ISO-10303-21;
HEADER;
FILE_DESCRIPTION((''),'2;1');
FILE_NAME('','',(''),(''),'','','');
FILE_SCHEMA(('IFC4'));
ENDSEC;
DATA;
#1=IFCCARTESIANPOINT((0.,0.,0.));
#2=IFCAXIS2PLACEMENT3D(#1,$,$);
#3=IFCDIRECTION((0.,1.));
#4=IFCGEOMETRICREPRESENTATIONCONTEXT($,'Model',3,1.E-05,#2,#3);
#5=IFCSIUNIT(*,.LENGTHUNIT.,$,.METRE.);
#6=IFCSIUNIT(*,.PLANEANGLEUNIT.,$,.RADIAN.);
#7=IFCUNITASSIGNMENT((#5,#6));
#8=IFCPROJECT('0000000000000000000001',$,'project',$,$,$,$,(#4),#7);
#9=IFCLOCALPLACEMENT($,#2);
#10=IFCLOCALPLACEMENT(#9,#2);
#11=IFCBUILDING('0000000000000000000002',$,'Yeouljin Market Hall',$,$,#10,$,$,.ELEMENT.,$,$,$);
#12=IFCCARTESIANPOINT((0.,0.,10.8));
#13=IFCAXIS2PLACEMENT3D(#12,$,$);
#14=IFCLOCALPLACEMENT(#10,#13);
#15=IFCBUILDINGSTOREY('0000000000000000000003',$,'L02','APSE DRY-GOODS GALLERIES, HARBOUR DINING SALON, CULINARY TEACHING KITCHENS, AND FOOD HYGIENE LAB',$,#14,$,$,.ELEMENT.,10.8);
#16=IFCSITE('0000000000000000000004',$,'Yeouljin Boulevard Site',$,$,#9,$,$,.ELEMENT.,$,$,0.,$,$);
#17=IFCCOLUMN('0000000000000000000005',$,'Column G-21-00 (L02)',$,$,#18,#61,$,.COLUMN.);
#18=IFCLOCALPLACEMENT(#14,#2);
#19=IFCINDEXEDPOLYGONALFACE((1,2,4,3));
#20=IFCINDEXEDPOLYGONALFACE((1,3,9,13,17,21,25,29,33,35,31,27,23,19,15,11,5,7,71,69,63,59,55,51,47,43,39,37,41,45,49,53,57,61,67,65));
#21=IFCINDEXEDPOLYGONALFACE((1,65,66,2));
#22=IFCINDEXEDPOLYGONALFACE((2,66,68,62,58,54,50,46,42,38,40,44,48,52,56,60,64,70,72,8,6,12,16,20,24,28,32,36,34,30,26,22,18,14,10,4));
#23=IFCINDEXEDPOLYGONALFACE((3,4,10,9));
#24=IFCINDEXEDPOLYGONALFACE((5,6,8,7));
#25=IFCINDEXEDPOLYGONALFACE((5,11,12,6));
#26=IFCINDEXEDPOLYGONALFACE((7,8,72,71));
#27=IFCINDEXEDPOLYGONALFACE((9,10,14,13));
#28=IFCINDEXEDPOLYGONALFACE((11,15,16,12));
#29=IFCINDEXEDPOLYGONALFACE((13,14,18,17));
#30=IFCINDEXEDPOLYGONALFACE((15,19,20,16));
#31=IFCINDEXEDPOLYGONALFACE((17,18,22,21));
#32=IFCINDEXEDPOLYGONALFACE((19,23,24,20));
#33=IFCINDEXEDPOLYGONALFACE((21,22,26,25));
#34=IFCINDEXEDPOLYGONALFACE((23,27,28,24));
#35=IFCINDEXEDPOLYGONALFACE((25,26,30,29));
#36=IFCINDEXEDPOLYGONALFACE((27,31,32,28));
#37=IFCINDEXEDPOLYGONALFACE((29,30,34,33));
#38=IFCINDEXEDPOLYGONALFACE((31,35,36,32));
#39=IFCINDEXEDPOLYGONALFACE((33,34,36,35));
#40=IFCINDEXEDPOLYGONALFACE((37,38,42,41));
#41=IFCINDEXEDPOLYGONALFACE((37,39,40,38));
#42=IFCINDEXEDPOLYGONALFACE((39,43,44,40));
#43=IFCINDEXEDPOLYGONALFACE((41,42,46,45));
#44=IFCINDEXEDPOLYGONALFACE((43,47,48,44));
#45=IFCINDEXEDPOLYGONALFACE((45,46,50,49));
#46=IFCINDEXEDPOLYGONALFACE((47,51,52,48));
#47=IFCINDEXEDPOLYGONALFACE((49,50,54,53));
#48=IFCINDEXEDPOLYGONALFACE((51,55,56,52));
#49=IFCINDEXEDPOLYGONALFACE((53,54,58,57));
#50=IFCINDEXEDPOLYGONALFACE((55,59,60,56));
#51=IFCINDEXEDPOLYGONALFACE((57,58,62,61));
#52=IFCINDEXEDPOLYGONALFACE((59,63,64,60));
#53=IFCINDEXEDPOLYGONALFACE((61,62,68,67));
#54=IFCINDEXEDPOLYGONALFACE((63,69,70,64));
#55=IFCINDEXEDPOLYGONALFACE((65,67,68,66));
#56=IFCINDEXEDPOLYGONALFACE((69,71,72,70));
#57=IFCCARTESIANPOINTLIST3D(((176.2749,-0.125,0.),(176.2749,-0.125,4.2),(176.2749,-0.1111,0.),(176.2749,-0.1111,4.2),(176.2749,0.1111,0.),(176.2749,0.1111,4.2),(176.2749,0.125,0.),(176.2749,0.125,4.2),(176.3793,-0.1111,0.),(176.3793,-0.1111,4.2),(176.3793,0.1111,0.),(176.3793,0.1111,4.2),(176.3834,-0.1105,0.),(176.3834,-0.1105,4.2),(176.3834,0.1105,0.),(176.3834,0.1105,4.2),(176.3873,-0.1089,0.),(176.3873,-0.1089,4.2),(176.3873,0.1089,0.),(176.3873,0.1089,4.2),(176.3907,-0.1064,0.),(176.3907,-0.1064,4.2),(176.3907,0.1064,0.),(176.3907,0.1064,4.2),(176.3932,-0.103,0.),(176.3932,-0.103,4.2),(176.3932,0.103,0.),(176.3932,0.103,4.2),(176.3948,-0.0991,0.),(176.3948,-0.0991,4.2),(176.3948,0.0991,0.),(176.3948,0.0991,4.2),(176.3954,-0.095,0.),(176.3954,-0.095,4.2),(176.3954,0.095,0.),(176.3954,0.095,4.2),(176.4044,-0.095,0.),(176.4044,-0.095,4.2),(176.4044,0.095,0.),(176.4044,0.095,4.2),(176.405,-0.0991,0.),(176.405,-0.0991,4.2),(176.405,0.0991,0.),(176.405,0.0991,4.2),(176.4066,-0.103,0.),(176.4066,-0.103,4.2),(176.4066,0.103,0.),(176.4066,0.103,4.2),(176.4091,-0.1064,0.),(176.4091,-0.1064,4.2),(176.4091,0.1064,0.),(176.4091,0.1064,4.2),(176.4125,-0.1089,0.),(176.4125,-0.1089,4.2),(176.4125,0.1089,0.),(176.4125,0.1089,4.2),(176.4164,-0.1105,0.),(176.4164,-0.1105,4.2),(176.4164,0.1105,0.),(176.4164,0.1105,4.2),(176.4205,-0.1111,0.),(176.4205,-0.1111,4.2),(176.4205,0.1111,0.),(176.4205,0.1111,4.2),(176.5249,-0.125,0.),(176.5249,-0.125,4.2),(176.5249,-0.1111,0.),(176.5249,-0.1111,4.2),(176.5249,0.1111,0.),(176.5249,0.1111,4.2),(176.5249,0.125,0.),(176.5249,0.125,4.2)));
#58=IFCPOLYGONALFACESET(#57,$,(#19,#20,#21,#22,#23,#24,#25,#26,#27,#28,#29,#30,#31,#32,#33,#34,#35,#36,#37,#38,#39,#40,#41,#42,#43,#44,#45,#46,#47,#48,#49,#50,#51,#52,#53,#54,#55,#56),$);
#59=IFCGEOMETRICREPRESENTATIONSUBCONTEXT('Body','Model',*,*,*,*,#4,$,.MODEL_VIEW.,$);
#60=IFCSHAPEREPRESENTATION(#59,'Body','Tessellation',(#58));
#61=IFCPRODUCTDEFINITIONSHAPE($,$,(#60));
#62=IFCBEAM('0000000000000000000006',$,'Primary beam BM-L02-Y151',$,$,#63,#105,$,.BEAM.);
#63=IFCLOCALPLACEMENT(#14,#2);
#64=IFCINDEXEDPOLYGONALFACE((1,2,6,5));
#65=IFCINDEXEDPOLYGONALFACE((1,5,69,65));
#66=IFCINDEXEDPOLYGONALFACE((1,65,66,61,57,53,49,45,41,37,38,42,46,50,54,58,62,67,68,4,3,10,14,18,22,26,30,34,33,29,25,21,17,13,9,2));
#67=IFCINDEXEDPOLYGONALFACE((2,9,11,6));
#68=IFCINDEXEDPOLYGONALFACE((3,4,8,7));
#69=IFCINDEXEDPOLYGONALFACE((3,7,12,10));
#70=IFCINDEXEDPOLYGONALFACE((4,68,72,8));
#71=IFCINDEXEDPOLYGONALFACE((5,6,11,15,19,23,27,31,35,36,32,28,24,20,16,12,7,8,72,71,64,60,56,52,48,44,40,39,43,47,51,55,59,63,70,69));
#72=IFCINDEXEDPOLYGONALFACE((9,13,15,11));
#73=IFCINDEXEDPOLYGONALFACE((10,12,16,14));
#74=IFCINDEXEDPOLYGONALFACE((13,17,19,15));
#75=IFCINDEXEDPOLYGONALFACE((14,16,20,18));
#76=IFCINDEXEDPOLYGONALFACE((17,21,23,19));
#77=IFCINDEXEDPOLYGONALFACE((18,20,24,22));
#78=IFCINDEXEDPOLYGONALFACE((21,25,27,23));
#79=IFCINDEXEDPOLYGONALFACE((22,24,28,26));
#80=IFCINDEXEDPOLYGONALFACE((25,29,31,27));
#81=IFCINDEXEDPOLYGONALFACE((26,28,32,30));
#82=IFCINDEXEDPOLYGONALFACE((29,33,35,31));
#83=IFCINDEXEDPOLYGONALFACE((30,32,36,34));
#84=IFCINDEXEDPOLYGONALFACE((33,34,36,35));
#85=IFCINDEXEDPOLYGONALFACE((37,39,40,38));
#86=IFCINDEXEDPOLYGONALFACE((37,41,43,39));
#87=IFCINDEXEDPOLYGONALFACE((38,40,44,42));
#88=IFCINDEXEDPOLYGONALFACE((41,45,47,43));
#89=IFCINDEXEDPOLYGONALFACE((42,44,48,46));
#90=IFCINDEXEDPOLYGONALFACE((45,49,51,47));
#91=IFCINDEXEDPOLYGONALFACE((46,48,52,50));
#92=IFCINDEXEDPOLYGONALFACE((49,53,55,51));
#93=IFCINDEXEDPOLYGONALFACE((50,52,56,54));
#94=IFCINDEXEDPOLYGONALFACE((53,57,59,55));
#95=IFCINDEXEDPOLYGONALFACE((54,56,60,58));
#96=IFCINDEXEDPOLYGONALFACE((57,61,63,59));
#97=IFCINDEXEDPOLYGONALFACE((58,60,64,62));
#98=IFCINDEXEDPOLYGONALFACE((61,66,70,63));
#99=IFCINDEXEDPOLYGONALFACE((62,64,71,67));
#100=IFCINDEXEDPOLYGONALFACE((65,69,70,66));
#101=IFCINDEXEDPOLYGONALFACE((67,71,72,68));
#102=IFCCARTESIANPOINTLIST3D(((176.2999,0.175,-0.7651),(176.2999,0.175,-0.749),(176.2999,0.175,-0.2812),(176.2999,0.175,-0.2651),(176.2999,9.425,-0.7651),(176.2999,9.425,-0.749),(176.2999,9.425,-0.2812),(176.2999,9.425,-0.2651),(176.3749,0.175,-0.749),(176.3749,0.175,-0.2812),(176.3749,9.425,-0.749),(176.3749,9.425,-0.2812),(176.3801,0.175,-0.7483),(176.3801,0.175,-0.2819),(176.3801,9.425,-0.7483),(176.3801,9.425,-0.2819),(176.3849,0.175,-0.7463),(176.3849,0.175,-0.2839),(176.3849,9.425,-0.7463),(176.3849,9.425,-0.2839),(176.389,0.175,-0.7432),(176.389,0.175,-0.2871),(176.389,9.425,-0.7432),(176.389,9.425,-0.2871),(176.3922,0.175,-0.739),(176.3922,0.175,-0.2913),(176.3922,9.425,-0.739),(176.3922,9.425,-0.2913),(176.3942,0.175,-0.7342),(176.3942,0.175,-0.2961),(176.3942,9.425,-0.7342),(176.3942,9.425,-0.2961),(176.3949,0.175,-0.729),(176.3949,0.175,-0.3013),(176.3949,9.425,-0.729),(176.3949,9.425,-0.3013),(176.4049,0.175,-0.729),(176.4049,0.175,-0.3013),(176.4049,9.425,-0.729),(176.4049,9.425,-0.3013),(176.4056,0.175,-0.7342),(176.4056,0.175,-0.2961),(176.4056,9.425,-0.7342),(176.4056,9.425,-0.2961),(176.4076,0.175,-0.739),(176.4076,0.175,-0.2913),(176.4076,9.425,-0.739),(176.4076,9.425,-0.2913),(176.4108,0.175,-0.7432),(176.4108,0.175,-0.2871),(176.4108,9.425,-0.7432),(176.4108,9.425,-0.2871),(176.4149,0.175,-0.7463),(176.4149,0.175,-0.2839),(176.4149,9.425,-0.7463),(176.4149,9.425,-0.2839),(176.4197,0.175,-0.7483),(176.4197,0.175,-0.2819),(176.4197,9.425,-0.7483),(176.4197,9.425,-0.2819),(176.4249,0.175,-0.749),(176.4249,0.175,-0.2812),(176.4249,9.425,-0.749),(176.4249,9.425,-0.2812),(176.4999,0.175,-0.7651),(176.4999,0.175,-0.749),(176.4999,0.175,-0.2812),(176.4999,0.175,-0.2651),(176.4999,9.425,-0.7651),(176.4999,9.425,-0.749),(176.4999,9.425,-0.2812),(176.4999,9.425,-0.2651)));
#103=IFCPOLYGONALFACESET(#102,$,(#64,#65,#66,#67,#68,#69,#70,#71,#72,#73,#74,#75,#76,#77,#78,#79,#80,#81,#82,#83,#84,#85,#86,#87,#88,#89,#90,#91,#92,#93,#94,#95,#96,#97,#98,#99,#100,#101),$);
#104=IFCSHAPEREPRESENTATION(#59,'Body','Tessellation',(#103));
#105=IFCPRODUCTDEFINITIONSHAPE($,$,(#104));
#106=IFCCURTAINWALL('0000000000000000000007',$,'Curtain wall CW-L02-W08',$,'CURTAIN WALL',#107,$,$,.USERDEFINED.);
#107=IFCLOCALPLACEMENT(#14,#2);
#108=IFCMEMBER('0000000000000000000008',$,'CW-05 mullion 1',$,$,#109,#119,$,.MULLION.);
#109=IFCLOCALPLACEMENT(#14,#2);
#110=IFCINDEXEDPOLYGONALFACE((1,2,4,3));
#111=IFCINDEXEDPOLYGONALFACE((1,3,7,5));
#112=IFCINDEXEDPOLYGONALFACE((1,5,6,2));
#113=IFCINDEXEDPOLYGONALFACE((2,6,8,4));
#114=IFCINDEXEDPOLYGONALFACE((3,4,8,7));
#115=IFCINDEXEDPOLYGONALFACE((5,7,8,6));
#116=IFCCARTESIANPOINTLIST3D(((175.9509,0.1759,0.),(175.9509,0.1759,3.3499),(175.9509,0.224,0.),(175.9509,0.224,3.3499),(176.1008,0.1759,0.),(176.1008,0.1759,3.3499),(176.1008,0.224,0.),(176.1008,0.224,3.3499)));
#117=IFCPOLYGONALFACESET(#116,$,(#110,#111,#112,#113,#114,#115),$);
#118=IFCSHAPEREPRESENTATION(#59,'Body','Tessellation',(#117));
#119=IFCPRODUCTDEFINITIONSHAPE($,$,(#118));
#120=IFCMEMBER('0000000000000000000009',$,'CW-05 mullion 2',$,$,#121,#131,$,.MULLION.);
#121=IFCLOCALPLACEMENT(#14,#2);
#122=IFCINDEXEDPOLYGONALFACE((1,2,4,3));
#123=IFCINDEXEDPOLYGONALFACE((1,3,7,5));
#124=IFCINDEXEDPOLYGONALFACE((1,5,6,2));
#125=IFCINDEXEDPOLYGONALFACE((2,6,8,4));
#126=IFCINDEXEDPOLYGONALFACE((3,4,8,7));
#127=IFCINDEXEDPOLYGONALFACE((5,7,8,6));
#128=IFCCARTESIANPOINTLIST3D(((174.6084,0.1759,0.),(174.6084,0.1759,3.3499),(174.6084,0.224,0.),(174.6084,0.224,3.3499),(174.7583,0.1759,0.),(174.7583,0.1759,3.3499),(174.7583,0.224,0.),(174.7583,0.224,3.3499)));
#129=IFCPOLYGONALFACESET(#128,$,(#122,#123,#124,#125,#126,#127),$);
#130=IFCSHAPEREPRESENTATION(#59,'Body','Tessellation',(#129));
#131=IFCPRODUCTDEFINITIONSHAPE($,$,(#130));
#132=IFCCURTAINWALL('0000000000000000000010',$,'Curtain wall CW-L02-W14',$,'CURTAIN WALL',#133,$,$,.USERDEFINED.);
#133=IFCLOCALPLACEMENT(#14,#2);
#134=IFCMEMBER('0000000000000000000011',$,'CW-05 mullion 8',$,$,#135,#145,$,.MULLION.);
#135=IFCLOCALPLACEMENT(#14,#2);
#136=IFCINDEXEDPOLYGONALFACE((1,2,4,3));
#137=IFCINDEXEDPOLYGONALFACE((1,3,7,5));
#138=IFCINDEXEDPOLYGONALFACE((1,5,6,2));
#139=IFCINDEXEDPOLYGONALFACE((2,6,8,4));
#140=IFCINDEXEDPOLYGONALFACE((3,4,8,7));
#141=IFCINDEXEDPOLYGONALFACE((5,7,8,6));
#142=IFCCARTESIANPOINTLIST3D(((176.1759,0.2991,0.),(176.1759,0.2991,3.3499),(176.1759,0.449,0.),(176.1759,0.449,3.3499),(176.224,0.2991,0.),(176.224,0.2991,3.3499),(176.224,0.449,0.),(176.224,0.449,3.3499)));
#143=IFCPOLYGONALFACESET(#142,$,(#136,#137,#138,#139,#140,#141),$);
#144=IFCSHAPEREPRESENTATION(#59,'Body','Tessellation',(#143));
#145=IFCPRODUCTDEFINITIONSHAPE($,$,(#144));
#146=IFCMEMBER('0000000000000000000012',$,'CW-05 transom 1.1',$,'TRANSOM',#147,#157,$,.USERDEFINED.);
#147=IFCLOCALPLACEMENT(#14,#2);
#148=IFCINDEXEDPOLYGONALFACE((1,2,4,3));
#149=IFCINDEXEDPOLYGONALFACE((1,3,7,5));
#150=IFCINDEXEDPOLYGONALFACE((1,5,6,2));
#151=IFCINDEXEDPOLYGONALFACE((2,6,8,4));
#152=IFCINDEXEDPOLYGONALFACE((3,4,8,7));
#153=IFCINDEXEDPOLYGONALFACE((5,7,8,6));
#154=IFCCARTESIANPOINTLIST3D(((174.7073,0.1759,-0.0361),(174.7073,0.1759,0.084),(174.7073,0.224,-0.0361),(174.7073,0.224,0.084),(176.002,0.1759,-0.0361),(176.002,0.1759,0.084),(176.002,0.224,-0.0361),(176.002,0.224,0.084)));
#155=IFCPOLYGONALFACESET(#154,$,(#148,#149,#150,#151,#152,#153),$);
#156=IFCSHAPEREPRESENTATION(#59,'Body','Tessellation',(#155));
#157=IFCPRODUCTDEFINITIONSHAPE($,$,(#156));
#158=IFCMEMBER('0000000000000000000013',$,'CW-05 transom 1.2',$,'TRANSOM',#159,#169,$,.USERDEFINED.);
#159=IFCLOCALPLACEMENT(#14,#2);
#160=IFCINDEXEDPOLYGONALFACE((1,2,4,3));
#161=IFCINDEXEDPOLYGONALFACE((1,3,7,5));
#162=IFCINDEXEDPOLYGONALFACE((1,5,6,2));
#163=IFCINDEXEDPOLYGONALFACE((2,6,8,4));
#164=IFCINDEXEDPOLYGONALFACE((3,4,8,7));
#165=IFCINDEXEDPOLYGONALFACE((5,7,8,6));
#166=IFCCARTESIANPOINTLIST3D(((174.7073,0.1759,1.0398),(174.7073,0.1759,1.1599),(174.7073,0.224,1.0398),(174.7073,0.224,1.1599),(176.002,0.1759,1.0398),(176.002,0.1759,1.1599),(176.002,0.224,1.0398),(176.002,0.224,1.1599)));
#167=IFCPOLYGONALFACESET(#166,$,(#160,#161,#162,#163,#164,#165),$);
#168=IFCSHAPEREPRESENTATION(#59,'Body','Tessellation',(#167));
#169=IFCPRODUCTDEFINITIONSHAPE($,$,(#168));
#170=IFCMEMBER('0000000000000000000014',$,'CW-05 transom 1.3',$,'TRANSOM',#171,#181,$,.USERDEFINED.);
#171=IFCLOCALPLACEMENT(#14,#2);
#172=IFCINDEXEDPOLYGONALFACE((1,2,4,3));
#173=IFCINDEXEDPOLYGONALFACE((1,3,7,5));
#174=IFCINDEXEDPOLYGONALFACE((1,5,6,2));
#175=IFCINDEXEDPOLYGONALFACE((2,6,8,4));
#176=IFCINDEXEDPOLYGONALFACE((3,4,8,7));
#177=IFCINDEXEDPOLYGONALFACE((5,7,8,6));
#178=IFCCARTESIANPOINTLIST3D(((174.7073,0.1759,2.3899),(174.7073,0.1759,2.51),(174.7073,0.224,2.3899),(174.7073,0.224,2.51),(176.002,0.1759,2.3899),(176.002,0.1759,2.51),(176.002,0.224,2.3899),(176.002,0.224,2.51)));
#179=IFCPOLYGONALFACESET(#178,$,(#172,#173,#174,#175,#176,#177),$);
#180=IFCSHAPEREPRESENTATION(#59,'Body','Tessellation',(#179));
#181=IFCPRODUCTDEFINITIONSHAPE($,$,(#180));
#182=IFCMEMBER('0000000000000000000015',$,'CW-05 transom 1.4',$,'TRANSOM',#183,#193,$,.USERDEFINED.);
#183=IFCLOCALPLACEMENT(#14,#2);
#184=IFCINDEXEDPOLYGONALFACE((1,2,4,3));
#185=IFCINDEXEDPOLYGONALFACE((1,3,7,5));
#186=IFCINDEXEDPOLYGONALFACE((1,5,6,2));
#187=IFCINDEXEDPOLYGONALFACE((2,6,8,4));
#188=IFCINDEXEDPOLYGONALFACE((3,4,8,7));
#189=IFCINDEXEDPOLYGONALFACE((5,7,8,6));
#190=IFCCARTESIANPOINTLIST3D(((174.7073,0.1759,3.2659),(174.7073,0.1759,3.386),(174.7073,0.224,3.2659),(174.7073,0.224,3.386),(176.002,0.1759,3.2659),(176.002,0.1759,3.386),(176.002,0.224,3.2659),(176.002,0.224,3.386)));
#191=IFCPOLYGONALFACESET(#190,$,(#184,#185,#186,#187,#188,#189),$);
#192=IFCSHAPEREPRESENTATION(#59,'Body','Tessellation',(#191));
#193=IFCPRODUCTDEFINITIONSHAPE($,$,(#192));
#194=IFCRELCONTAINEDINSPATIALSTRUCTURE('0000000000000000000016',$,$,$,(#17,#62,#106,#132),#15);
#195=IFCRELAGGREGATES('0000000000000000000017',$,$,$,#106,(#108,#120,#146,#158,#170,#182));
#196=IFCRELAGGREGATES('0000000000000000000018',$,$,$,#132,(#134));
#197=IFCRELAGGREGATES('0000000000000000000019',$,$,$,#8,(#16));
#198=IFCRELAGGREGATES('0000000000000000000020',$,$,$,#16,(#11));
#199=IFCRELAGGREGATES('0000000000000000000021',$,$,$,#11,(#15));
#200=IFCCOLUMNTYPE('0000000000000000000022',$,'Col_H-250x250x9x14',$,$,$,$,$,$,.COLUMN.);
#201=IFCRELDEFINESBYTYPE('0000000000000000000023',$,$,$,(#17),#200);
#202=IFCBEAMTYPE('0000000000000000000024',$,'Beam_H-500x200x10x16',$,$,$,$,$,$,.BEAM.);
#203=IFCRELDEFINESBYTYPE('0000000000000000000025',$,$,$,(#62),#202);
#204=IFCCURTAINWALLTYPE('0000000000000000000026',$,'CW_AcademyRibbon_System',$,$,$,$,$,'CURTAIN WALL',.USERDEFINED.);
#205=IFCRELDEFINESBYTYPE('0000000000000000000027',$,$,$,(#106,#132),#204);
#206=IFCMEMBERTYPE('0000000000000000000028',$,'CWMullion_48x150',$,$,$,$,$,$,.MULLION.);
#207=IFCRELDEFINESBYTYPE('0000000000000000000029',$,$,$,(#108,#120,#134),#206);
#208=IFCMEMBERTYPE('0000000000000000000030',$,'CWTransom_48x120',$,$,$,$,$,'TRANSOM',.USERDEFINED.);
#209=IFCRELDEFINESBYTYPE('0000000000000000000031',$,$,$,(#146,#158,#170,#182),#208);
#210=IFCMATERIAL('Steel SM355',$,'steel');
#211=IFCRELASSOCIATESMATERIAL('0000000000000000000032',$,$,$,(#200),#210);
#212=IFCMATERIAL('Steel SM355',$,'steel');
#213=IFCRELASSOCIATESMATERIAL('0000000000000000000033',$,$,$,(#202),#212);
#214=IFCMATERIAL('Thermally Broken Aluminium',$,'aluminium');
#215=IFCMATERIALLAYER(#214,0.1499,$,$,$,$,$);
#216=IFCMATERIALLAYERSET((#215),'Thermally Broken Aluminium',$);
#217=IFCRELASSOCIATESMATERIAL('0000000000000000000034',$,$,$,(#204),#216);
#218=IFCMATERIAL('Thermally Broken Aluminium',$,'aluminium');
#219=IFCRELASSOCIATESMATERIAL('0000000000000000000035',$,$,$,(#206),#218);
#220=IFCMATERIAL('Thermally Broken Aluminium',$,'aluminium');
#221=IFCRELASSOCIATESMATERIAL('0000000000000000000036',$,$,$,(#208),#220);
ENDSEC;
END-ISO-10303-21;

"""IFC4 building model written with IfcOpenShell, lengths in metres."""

from ifc_helpers import new_model, si_unit, direction, frame, origin, origin_2d, place, context, subcontext, project, spatial, rectangle, i_section, extrude, material, layer, layer_set, material_profile, profile_set, type_object, element, aggregate, save


model = new_model("IFC4")

# Units and contexts
model_context = context("Model", 3, precision=1e-05, world=origin(), true_north=direction((0.0, 1.0)))
body_context = subcontext(model_context, "Body", "Model", "MODEL_VIEW")
ifc_project = project(units=[si_unit("LENGTHUNIT", "METRE"), si_unit("PLANEANGLEUNIT", "RADIAN")], contexts=[model_context])

# Site, building, storey
site_placement = place(None, origin())
site = spatial("IfcSite", under=ifc_project, at=site_placement, Name="Yeouljin Boulevard Site", CompositionType="ELEMENT", RefElevation=0.0)
building_placement = place(site_placement, origin())
building = spatial("IfcBuilding", under=site, at=building_placement, Name="Yeouljin Market Hall", CompositionType="ELEMENT")
storey_placement = place(building_placement, frame((0.0, 0.0, 10.8)))
storey = spatial("IfcBuildingStorey", under=building, at=storey_placement, Name="L02", Description="APSE DRY-GOODS GALLERIES, HARBOUR DINING SALON, CULINARY TEACHING KITCHENS, AND FOOD HYGIENE LAB", CompositionType="ELEMENT", Elevation=10.8)

# Column
ifc_material_1 = material(Name="Steel SM355", Category="steel")
ifc_material_profile_1 = material_profile(ifc_material_1, i_section(OverallWidth=0.25, OverallDepth=0.25, WebThickness=0.009, FlangeThickness=0.0139, FilletRadius=0.0161, at=origin_2d()), Name="H-250x250x9x14")
ifc_profile_set_1 = profile_set([ifc_material_profile_1], Name="Steel SM355")
column_type = type_object("IfcColumnType", Name="Col_H-250x250x9x14", PredefinedType="COLUMN", material=ifc_profile_set_1)
column_placement = place(storey_placement, frame((176.3999, 0.0, 0.0), z_axis=(0.0, 0.0, 1.0), x_axis=(1.0, 0.0, 0.0)))
element("IfcColumn", 1, at=column_placement, inside=storey, type_object=column_type, Name="Column G-21-00 (L02)", PredefinedType="COLUMN", context=body_context, shape_type="SweptSolid", body=[
    extrude(i_section(OverallWidth=0.25, OverallDepth=0.25, WebThickness=0.009, FlangeThickness=0.0139, FilletRadius=0.0161, at=origin_2d()), origin(), (0.0, 0.0, 1.0), 4.2),
])

# Beam
ifc_material_2 = material(Name="Steel SM355", Category="steel")
ifc_material_profile_2 = material_profile(ifc_material_2, i_section(OverallWidth=0.2, OverallDepth=0.5, WebThickness=0.01, FlangeThickness=0.0161, FilletRadius=0.02, at=origin_2d()), Name="H-500x200x10x16")
ifc_profile_set_2 = profile_set([ifc_material_profile_2], Name="Steel SM355")
beam_type = type_object("IfcBeamType", Name="Beam_H-500x200x10x16", PredefinedType="BEAM", material=ifc_profile_set_2)
beam_placement = place(storey_placement, frame((176.3999, 0.175, -0.5151), z_axis=(0.0, 1.0, 0.0), x_axis=(-1.0, 0.0, 0.0)))
element("IfcBeam", 2, at=beam_placement, inside=storey, type_object=beam_type, Name="Primary beam BM-L02-Y151", PredefinedType="BEAM", context=body_context, shape_type="SweptSolid", body=[
    extrude(i_section(OverallWidth=0.2, OverallDepth=0.5, WebThickness=0.01, FlangeThickness=0.0161, FilletRadius=0.02, at=origin_2d()), origin(), (0.0, 0.0, 1.0), 9.25),
])

# Curtain wall, members
ifc_material_3 = material(Name="Thermally Broken Aluminium", Category="aluminium")
ifc_layer_1 = layer(ifc_material_3, 0.1499)
ifc_layer_set_1 = layer_set([ifc_layer_1], Name="Thermally Broken Aluminium")
curtain_wall_type = type_object("IfcCurtainWallType", Name="CW_AcademyRibbon_System", ElementType="CURTAIN WALL", PredefinedType="USERDEFINED", material=ifc_layer_set_1)
curtain_wall_1_placement = place(storey_placement, origin())
curtain_wall_1 = element("IfcCurtainWall", 3, at=curtain_wall_1_placement, inside=storey, type_object=curtain_wall_type, Name="Curtain wall CW-L02-W08", ObjectType="CURTAIN WALL", PredefinedType="USERDEFINED")
ifc_material_4 = material(Name="Thermally Broken Aluminium", Category="aluminium")
ifc_material_profile_3 = material_profile(ifc_material_4, rectangle(XDim=0.0481, YDim=0.1499, at=origin_2d()), Name="CW-MULL-48x150")
ifc_profile_set_3 = profile_set([ifc_material_profile_3], Name="Thermally Broken Aluminium")
member_type_1 = type_object("IfcMemberType", Name="CWMullion_48x150", PredefinedType="MULLION", material=ifc_profile_set_3)
member_1_placement = place(storey_placement, frame((176.0259, 0.2, 0.0), z_axis=(0.0, 0.0, 1.0), x_axis=(0.0, -1.0, 0.0)))
member_1 = element("IfcMember", 4, at=member_1_placement, type_object=member_type_1, Name="CW-05 mullion 1", PredefinedType="MULLION", context=body_context, shape_type="SweptSolid", body=[
    extrude(rectangle(XDim=0.0481, YDim=0.1499, at=origin_2d()), origin(), (0.0, 0.0, 1.0), 3.3499),
])
member_2_placement = place(storey_placement, frame((174.6833, 0.2, 0.0), z_axis=(0.0, 0.0, 1.0), x_axis=(0.0, -1.0, 0.0)))
member_2 = element("IfcMember", 5, at=member_2_placement, type_object=member_type_1, Name="CW-05 mullion 2", PredefinedType="MULLION", context=body_context, shape_type="SweptSolid", body=[
    extrude(rectangle(XDim=0.0481, YDim=0.1499, at=origin_2d()), origin(), (0.0, 0.0, 1.0), 3.3499),
])

# Curtain wall, member
curtain_wall_2_placement = place(storey_placement, origin())
curtain_wall_2 = element("IfcCurtainWall", 6, at=curtain_wall_2_placement, inside=storey, type_object=curtain_wall_type, Name="Curtain wall CW-L02-W14", ObjectType="CURTAIN WALL", PredefinedType="USERDEFINED")
member_3_placement = place(storey_placement, frame((176.2, 0.374, 0.0), z_axis=(0.0, 0.0, 1.0), x_axis=(1.0, 0.0, 0.0)))
member_3 = element("IfcMember", 7, at=member_3_placement, type_object=member_type_1, Name="CW-05 mullion 8", PredefinedType="MULLION", context=body_context, shape_type="SweptSolid", body=[
    extrude(rectangle(XDim=0.0481, YDim=0.1499, at=origin_2d()), origin(), (0.0, 0.0, 1.0), 3.3499),
])

# Members
ifc_material_5 = material(Name="Thermally Broken Aluminium", Category="aluminium")
ifc_material_profile_4 = material_profile(ifc_material_5, rectangle(XDim=0.0481, YDim=0.1201, at=origin_2d()), Name="CW-TRAN-48x120")
ifc_profile_set_4 = profile_set([ifc_material_profile_4], Name="Thermally Broken Aluminium")
member_type_2 = type_object("IfcMemberType", Name="CWTransom_48x120", ElementType="TRANSOM", PredefinedType="USERDEFINED", material=ifc_profile_set_4)
member_4_placement = place(storey_placement, frame((176.002, 0.2, 0.0239), z_axis=(-1.0, 0.0, 0.0), x_axis=(0.0, -1.0, 0.0)))
member_4 = element("IfcMember", 8, at=member_4_placement, type_object=member_type_2, Name="CW-05 transom 1.1", ObjectType="TRANSOM", PredefinedType="USERDEFINED", context=body_context, shape_type="SweptSolid", body=[
    extrude(rectangle(XDim=0.0481, YDim=0.1201, at=origin_2d()), origin(), (0.0, 0.0, 1.0), 1.2947),
])
member_5_placement = place(storey_placement, frame((176.002, 0.2, 1.0999), z_axis=(-1.0, 0.0, 0.0), x_axis=(0.0, -1.0, 0.0)))
member_5 = element("IfcMember", 9, at=member_5_placement, type_object=member_type_2, Name="CW-05 transom 1.2", ObjectType="TRANSOM", PredefinedType="USERDEFINED", context=body_context, shape_type="SweptSolid", body=[
    extrude(rectangle(XDim=0.0481, YDim=0.1201, at=origin_2d()), origin(), (0.0, 0.0, 1.0), 1.2947),
])
member_6_placement = place(storey_placement, frame((176.002, 0.2, 2.45), z_axis=(-1.0, 0.0, 0.0), x_axis=(0.0, -1.0, 0.0)))
member_6 = element("IfcMember", 10, at=member_6_placement, type_object=member_type_2, Name="CW-05 transom 1.3", ObjectType="TRANSOM", PredefinedType="USERDEFINED", context=body_context, shape_type="SweptSolid", body=[
    extrude(rectangle(XDim=0.0481, YDim=0.1201, at=origin_2d()), origin(), (0.0, 0.0, 1.0), 1.2947),
])
member_7_placement = place(storey_placement, frame((176.002, 0.2, 3.3259), z_axis=(-1.0, 0.0, 0.0), x_axis=(0.0, -1.0, 0.0)))
member_7 = element("IfcMember", 11, at=member_7_placement, type_object=member_type_2, Name="CW-05 transom 1.4", ObjectType="TRANSOM", PredefinedType="USERDEFINED", context=body_context, shape_type="SweptSolid", body=[
    extrude(rectangle(XDim=0.0481, YDim=0.1201, at=origin_2d()), origin(), (0.0, 0.0, 1.0), 1.2947),
])

aggregate(curtain_wall_1, [member_1, member_2, member_4, member_5, member_6, member_7])
aggregate(curtain_wall_2, [member_3])

save(model, "model.ifc")
